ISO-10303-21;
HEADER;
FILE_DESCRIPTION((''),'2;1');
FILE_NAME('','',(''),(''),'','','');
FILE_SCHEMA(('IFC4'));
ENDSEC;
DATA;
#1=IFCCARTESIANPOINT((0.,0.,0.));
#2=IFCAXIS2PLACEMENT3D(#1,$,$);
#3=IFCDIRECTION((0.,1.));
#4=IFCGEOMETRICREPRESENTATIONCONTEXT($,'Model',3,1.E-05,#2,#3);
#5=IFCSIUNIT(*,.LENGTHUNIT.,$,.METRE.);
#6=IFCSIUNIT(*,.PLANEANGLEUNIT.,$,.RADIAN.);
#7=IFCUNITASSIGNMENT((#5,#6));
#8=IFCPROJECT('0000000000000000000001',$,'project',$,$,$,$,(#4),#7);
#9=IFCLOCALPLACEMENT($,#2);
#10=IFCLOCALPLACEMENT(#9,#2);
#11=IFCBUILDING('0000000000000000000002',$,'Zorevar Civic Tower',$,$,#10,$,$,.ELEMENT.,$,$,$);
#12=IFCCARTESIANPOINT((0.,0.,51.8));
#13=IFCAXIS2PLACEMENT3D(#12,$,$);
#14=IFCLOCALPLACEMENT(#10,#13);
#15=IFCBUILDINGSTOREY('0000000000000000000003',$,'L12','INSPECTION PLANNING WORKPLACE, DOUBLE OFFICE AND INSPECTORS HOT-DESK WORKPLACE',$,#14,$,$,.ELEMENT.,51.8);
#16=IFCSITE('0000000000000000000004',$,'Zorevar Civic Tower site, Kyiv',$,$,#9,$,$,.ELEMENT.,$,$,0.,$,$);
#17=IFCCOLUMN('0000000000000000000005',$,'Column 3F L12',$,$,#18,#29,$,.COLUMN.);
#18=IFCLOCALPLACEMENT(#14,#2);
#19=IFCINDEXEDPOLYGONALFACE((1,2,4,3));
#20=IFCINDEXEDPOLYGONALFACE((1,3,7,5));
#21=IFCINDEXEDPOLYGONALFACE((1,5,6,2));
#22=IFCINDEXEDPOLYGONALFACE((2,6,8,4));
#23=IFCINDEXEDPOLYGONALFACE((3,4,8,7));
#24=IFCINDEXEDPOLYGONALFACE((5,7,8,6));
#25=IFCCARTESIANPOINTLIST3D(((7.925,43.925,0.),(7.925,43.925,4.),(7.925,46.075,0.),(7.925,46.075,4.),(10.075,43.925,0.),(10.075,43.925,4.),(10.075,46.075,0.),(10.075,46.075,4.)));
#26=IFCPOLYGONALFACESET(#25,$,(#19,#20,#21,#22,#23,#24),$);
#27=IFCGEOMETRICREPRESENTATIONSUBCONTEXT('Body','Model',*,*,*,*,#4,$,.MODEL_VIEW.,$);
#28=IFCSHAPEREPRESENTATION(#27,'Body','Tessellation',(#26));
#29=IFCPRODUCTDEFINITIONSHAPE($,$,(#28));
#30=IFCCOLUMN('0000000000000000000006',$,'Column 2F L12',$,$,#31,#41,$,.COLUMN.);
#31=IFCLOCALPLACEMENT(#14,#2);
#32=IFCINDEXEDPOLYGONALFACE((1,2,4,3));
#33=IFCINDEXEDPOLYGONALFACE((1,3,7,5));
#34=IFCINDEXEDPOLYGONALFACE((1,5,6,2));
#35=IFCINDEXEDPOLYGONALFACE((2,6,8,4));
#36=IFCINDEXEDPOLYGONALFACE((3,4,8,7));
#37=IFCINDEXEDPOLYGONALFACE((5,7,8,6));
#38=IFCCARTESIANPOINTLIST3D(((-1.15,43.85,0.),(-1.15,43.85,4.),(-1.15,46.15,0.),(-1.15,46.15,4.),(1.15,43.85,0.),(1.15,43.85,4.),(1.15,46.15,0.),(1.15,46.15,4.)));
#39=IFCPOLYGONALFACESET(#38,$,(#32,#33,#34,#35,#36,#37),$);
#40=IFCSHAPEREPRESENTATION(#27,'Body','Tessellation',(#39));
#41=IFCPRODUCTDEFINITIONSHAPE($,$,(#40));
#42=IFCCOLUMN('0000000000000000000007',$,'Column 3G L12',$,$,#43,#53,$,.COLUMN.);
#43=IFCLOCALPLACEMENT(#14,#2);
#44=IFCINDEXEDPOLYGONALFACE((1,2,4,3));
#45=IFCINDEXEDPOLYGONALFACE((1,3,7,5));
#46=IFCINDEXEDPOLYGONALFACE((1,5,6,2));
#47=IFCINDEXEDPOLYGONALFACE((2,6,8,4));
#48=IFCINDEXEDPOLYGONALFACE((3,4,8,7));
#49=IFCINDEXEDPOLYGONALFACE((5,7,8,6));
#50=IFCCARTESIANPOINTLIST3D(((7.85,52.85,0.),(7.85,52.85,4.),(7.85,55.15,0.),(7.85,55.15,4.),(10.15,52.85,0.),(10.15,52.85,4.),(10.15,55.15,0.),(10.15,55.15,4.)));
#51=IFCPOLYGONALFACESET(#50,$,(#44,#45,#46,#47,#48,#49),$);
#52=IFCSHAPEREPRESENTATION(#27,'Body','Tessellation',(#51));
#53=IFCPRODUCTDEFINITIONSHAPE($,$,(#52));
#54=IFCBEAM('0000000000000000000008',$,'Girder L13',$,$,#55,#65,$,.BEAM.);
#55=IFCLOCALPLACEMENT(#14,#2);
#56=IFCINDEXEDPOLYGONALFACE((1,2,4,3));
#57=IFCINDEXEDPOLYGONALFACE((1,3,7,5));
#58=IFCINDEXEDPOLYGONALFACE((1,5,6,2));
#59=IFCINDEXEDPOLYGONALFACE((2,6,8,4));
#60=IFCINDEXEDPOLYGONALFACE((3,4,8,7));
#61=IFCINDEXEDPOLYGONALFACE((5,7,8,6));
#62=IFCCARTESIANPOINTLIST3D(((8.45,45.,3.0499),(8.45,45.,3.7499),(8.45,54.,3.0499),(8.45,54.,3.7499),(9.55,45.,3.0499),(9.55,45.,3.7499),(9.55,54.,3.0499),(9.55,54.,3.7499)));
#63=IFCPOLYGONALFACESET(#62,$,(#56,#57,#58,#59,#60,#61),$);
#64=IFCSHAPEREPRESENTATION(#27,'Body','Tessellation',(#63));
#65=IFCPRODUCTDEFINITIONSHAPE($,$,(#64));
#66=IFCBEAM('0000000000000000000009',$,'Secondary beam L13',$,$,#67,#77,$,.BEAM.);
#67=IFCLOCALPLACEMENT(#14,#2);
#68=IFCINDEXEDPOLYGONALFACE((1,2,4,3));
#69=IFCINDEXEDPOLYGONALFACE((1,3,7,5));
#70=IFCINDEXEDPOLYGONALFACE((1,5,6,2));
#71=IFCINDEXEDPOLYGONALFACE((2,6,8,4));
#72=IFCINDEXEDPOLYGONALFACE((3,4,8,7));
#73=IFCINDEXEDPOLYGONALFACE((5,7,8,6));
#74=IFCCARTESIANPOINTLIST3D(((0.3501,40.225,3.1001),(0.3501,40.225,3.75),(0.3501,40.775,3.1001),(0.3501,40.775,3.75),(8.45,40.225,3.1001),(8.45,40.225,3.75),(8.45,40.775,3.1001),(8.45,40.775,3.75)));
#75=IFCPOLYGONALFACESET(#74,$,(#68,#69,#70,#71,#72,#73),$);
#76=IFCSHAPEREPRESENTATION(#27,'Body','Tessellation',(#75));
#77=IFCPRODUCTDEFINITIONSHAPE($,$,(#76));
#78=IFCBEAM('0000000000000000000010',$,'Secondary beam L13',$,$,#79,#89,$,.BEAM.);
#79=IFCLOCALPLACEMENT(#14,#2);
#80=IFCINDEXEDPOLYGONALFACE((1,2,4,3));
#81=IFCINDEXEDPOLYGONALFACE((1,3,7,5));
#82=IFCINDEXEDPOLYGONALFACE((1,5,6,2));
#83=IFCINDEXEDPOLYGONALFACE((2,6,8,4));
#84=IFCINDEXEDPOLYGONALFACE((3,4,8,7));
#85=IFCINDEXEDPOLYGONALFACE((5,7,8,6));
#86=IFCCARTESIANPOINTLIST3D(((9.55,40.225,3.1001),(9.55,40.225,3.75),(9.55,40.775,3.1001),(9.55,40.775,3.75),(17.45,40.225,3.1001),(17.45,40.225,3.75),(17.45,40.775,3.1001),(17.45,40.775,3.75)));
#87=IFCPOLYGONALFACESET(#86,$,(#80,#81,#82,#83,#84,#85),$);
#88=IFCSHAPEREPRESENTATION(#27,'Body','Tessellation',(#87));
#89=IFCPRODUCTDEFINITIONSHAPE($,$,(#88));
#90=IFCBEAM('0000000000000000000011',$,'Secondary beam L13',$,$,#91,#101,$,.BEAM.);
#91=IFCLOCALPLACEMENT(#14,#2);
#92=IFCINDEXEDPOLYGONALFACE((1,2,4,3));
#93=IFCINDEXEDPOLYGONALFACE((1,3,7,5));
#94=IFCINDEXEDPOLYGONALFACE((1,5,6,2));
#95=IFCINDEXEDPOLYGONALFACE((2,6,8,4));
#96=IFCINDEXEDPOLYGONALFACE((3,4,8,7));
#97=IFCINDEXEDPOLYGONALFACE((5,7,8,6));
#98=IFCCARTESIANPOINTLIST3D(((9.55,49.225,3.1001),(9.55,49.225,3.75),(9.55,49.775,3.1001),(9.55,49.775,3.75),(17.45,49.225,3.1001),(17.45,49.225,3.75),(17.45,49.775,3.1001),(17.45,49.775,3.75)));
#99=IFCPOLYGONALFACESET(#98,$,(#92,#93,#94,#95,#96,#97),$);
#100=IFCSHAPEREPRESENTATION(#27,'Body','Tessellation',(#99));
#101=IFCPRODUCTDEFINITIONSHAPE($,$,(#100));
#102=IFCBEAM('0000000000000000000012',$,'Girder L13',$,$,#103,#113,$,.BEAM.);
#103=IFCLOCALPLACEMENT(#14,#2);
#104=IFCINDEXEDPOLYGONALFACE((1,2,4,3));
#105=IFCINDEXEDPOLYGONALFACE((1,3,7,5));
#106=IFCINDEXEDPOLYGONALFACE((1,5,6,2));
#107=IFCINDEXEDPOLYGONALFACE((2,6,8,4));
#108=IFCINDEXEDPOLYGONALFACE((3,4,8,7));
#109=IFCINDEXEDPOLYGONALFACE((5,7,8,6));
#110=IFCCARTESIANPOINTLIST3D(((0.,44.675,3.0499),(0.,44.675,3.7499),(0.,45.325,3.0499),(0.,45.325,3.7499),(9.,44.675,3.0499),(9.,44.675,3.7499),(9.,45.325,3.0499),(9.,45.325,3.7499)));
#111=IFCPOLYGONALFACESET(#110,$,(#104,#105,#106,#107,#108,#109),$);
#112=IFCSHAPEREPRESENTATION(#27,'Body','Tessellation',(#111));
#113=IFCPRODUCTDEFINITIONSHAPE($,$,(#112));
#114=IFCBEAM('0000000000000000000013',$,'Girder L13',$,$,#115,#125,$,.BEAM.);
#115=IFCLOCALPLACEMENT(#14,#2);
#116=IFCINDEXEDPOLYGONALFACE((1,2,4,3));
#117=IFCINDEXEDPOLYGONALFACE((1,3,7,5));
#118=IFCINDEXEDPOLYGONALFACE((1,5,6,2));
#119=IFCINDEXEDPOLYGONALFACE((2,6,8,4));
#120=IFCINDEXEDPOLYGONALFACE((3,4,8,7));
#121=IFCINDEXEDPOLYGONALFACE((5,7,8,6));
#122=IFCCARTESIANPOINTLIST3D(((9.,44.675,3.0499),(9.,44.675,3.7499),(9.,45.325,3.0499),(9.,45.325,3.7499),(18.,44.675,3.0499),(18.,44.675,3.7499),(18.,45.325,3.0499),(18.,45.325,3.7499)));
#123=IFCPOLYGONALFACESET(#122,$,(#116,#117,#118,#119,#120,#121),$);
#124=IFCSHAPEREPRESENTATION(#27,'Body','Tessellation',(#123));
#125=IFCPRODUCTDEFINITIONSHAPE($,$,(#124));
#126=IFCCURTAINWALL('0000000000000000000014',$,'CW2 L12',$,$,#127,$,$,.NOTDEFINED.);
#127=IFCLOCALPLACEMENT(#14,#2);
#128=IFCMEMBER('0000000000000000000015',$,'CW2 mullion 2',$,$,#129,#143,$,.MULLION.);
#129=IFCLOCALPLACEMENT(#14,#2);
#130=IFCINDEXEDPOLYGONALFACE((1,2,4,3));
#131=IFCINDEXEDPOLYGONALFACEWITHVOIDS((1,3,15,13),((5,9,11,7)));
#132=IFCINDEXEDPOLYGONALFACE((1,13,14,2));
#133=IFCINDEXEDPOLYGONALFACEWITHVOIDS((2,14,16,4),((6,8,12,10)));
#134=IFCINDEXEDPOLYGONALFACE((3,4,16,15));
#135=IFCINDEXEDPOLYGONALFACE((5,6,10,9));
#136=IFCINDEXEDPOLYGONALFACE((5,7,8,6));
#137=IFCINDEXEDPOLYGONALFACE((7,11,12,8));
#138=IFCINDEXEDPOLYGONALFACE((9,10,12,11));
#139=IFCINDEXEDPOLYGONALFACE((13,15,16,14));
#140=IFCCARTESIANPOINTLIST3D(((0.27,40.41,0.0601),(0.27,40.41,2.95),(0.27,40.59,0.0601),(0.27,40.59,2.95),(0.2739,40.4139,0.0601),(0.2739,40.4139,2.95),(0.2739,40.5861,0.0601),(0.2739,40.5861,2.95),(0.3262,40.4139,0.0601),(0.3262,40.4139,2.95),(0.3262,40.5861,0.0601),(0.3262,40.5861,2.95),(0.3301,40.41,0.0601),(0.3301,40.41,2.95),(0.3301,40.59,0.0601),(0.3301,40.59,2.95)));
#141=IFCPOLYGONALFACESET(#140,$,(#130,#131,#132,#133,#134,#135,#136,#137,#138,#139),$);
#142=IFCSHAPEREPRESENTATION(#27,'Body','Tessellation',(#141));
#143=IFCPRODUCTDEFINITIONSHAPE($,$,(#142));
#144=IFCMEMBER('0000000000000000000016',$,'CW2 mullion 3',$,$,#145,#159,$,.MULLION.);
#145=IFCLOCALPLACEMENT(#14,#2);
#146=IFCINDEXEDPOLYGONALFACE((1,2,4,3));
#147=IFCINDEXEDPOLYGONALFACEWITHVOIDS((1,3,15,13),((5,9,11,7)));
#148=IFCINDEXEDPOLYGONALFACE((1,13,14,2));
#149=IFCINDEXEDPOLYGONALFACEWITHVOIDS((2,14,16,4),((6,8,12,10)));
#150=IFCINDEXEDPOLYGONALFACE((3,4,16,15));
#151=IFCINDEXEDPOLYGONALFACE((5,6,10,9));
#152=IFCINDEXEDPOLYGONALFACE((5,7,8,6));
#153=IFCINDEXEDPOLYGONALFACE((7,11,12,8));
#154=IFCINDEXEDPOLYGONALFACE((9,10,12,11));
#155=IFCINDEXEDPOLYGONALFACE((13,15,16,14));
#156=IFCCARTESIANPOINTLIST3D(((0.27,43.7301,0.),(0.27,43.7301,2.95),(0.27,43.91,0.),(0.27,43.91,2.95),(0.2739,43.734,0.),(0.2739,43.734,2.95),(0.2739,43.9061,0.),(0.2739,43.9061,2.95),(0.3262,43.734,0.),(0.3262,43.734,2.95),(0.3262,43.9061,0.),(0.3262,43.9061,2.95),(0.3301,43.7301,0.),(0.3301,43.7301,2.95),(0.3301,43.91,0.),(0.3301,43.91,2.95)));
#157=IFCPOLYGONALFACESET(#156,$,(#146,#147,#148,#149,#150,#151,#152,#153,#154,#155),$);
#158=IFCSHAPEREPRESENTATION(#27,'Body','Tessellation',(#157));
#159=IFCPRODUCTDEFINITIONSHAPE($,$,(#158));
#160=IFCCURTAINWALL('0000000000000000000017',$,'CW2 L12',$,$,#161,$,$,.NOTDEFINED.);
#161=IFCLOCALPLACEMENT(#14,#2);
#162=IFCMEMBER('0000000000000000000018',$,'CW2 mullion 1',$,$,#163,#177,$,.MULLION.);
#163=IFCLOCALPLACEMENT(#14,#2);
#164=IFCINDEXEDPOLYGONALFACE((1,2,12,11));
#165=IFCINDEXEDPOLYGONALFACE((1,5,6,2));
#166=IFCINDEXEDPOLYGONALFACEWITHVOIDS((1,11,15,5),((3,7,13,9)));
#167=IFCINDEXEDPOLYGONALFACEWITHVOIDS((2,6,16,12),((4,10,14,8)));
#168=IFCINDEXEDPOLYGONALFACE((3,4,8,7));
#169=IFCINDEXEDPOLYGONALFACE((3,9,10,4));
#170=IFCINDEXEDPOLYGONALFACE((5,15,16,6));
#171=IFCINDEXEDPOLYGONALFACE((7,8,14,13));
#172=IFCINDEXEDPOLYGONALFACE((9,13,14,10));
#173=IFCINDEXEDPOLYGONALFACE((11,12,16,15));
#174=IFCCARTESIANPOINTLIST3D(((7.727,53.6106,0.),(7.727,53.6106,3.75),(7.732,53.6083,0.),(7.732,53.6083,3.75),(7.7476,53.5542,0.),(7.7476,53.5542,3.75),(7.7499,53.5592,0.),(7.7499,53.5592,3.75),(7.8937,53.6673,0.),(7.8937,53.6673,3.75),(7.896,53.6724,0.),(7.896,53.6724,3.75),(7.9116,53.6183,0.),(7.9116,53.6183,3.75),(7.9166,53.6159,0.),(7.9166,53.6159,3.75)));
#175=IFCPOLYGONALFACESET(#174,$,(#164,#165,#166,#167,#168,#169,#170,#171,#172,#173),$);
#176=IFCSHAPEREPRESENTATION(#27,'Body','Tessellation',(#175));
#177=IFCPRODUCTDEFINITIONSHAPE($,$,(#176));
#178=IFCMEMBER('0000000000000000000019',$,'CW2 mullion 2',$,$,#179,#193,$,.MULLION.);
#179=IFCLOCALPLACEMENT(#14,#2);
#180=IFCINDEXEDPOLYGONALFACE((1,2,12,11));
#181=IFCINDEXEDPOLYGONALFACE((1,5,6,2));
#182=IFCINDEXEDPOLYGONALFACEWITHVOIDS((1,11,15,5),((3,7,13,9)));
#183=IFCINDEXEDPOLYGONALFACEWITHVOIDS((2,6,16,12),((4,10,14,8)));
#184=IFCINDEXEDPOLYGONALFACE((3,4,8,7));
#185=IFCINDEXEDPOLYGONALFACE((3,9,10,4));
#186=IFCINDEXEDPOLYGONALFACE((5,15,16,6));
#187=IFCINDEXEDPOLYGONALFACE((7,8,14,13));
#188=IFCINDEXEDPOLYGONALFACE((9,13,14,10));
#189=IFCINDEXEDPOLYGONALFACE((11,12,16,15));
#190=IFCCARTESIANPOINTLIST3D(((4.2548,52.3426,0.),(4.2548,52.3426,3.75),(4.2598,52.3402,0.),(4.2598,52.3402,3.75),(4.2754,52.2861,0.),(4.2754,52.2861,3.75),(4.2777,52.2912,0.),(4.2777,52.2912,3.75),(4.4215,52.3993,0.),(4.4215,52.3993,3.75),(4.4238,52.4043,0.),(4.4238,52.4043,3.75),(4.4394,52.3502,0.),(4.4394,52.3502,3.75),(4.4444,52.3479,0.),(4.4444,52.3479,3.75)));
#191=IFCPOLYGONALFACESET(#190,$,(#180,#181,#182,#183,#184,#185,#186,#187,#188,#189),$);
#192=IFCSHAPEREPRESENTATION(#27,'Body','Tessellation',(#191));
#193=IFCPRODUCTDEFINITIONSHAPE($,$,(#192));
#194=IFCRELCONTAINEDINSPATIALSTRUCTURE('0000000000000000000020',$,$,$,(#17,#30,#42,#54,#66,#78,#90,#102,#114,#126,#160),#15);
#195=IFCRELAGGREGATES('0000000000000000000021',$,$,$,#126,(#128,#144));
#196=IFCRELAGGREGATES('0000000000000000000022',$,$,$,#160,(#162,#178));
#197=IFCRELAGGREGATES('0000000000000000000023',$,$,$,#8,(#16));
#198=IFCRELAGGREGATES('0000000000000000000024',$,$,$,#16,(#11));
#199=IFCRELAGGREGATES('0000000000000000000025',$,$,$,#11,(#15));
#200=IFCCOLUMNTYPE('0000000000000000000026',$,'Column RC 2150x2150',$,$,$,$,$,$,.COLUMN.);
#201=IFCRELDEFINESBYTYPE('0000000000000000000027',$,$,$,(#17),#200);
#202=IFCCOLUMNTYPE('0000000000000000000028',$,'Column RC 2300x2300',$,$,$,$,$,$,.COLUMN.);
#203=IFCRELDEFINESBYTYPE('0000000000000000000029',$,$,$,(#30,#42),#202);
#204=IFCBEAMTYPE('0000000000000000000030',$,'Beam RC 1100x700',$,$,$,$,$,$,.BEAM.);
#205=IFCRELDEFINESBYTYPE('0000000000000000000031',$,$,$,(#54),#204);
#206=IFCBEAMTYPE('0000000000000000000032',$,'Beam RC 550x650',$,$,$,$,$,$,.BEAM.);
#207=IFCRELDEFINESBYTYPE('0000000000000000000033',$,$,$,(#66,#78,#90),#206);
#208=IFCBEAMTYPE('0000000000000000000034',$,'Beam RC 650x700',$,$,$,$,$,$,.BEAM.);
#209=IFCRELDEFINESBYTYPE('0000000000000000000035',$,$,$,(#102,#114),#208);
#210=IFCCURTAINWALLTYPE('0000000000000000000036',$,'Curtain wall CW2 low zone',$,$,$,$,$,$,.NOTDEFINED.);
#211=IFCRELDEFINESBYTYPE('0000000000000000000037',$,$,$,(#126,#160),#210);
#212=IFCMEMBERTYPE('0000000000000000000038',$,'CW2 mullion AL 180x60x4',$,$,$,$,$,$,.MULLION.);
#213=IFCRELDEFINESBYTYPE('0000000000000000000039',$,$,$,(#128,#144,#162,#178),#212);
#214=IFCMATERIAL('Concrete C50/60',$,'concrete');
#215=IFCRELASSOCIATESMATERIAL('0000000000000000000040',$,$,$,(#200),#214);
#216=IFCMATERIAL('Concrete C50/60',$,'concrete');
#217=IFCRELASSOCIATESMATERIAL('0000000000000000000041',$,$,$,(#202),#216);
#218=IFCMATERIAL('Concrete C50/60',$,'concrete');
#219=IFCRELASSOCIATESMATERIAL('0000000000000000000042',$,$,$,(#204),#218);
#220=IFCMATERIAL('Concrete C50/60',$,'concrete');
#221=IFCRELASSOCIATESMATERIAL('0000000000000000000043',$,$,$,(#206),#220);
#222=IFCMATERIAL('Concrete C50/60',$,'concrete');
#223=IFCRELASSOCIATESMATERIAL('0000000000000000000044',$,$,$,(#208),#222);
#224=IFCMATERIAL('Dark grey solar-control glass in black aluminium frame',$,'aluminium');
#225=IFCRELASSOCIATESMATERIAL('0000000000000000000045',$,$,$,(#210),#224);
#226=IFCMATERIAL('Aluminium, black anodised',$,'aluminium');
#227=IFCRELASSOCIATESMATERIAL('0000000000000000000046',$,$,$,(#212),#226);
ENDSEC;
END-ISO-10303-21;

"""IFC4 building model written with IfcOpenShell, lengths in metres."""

from ifc_helpers import new_model, si_unit, direction, frame, origin, origin_2d, place, context, subcontext, project, spatial, rectangle, hollow_rectangle, extrude, material, material_profile, profile_set, type_object, element, aggregate, save


model = new_model("IFC4")

# Units and contexts
model_context = context("Model", 3, precision=1e-05, world=origin(), true_north=direction((0.0, 1.0)))
body_context = subcontext(model_context, "Body", "Model", "MODEL_VIEW")
ifc_project = project(units=[si_unit("LENGTHUNIT", "METRE"), si_unit("PLANEANGLEUNIT", "RADIAN")], contexts=[model_context])

# Site, building, storey
site_placement = place(None, origin())
site = spatial("IfcSite", under=ifc_project, at=site_placement, Name="Zorevar Civic Tower site, Kyiv", CompositionType="ELEMENT", RefElevation=0.0)
building_placement = place(site_placement, origin())
building = spatial("IfcBuilding", under=site, at=building_placement, Name="Zorevar Civic Tower", CompositionType="ELEMENT")
storey_placement = place(building_placement, frame((0.0, 0.0, 51.8)))
storey = spatial("IfcBuildingStorey", under=building, at=storey_placement, Name="L12", Description="INSPECTION PLANNING WORKPLACE, DOUBLE OFFICE AND INSPECTORS HOT-DESK WORKPLACE", CompositionType="ELEMENT", Elevation=51.8)

# Columns
ifc_material_1 = material(Name="Concrete C50/60", Category="concrete")
ifc_material_profile_1 = material_profile(ifc_material_1, rectangle(XDim=2.1499, YDim=2.1499, at=origin_2d()), Name="RC 2150x2150")
ifc_profile_set_1 = profile_set([ifc_material_profile_1], Name="Concrete C50/60")
column_type_1 = type_object("IfcColumnType", Name="Column RC 2150x2150", PredefinedType="COLUMN", material=ifc_profile_set_1)
column_placement = place(storey_placement, frame((9.0, 45.0, 0.0), z_axis=(0.0, 0.0, 1.0), x_axis=(1.0, 0.0, 0.0)))
element("IfcColumn", 1, at=column_placement, inside=storey, type_object=column_type_1, Name="Column 3F L12", PredefinedType="COLUMN", context=body_context, shape_type="SweptSolid", body=[
    extrude(rectangle(XDim=2.1499, YDim=2.1499, at=origin_2d()), origin(), (0.0, 0.0, 1.0), 4.0),
])
ifc_material_2 = material(Name="Concrete C50/60", Category="concrete")
ifc_material_profile_2 = material_profile(ifc_material_2, rectangle(XDim=2.3, YDim=2.3, at=origin_2d()), Name="RC 2300x2300")
ifc_profile_set_2 = profile_set([ifc_material_profile_2], Name="Concrete C50/60")
column_type_2 = type_object("IfcColumnType", Name="Column RC 2300x2300", PredefinedType="COLUMN", material=ifc_profile_set_2)
for number, where, z_axis, x_axis, name in (
    (2, (0.0, 45.0, 0.0), (0.0, 0.0, 1.0), (1.0, 0.0, 0.0), "Column 2F L12"),
    (3, (9.0, 54.0, 0.0), (0.0, 0.0, 1.0), (1.0, 0.0, 0.0), "Column 3G L12"),
):
    element("IfcColumn", number, at=place(storey_placement, frame(where, z_axis=z_axis, x_axis=x_axis)), inside=storey, type_object=column_type_2, Name=name, PredefinedType="COLUMN", context=body_context, shape_type="SweptSolid", body=[
        extrude(rectangle(XDim=2.3, YDim=2.3, at=origin_2d()), origin(), (0.0, 0.0, 1.0), 4.0),
    ])

# Beams
ifc_material_3 = material(Name="Concrete C50/60", Category="concrete")
ifc_material_profile_3 = material_profile(ifc_material_3, rectangle(XDim=1.1001, YDim=0.7, at=origin_2d()), Name="RC 1100x700")
ifc_profile_set_3 = profile_set([ifc_material_profile_3], Name="Concrete C50/60")
beam_type_1 = type_object("IfcBeamType", Name="Beam RC 1100x700", PredefinedType="BEAM", material=ifc_profile_set_3)
beam_1_placement = place(storey_placement, frame((9.0, 45.0, 3.3999), z_axis=(0.0, 1.0, 0.0), x_axis=(-1.0, 0.0, 0.0)))
element("IfcBeam", 4, at=beam_1_placement, inside=storey, type_object=beam_type_1, Name="Girder L13", PredefinedType="BEAM", context=body_context, shape_type="SweptSolid", body=[
    extrude(rectangle(XDim=1.1001, YDim=0.7, at=origin_2d()), origin(), (0.0, 0.0, 1.0), 9.0),
])
ifc_material_4 = material(Name="Concrete C50/60", Category="concrete")
ifc_material_profile_4 = material_profile(ifc_material_4, rectangle(XDim=0.55, YDim=0.6499, at=origin_2d()), Name="RC 550x650")
ifc_profile_set_4 = profile_set([ifc_material_profile_4], Name="Concrete C50/60")
beam_type_2 = type_object("IfcBeamType", Name="Beam RC 550x650", PredefinedType="BEAM", material=ifc_profile_set_4)
beam_2_placement = place(storey_placement, frame((0.3501, 40.5, 3.425), z_axis=(1.0, 0.0, 0.0), x_axis=(0.0, 1.0, 0.0)))
element("IfcBeam", 5, at=beam_2_placement, inside=storey, type_object=beam_type_2, Name="Secondary beam L13", PredefinedType="BEAM", context=body_context, shape_type="SweptSolid", body=[
    extrude(rectangle(XDim=0.55, YDim=0.6499, at=origin_2d()), origin(), (0.0, 0.0, 1.0), 8.0999),
])
for number, where, z_axis, x_axis, name in (
    (6, (9.55, 40.5, 3.425), (1.0, 0.0, 0.0), (0.0, 1.0, 0.0), "Secondary beam L13"),
    (7, (9.55, 49.5, 3.425), (1.0, 0.0, 0.0), (0.0, 1.0, 0.0), "Secondary beam L13"),
):
    element("IfcBeam", number, at=place(storey_placement, frame(where, z_axis=z_axis, x_axis=x_axis)), inside=storey, type_object=beam_type_2, Name=name, PredefinedType="BEAM", context=body_context, shape_type="SweptSolid", body=[
        extrude(rectangle(XDim=0.55, YDim=0.6499, at=origin_2d()), origin(), (0.0, 0.0, 1.0), 7.8999),
    ])
ifc_material_5 = material(Name="Concrete C50/60", Category="concrete")
ifc_material_profile_5 = material_profile(ifc_material_5, rectangle(XDim=0.6499, YDim=0.7, at=origin_2d()), Name="RC 650x700")
ifc_profile_set_5 = profile_set([ifc_material_profile_5], Name="Concrete C50/60")
beam_type_3 = type_object("IfcBeamType", Name="Beam RC 650x700", PredefinedType="BEAM", material=ifc_profile_set_5)
for number, where, z_axis, x_axis, name in (
    (8, (0.0, 45.0, 3.3999), (1.0, 0.0, 0.0), (0.0, 1.0, 0.0), "Girder L13"),
    (9, (9.0, 45.0, 3.3999), (1.0, 0.0, 0.0), (0.0, 1.0, 0.0), "Girder L13"),
):
    element("IfcBeam", number, at=place(storey_placement, frame(where, z_axis=z_axis, x_axis=x_axis)), inside=storey, type_object=beam_type_3, Name=name, PredefinedType="BEAM", context=body_context, shape_type="SweptSolid", body=[
        extrude(rectangle(XDim=0.6499, YDim=0.7, at=origin_2d()), origin(), (0.0, 0.0, 1.0), 9.0),
    ])

# Curtain walls, members
ifc_material_6 = material(Name="Dark grey solar-control glass in black aluminium frame", Category="aluminium")
curtain_wall_type = type_object("IfcCurtainWallType", Name="Curtain wall CW2 low zone", PredefinedType="NOTDEFINED", material=ifc_material_6)
curtain_wall_1_placement = place(storey_placement, origin())
curtain_wall_1 = element("IfcCurtainWall", 10, at=curtain_wall_1_placement, inside=storey, type_object=curtain_wall_type, Name="CW2 L12", PredefinedType="NOTDEFINED")
ifc_material_7 = material(Name="Aluminium, black anodised", Category="aluminium")
ifc_material_profile_6 = material_profile(ifc_material_7, hollow_rectangle(XDim=0.0601, YDim=0.1799, WallThickness=0.0039, at=origin_2d()), Name="AL 180x60x4")
ifc_profile_set_6 = profile_set([ifc_material_profile_6], Name="Aluminium, black anodised")
member_type_1 = type_object("IfcMemberType", Name="CW2 mullion AL 180x60x4", PredefinedType="MULLION", material=ifc_profile_set_6)
member_1_placement = place(storey_placement, frame((0.3, 40.5, 0.0601), z_axis=(0.0, 0.0, 1.0), x_axis=(-1.0, 0.0, 0.0)))
member_1 = element("IfcMember", 11, at=member_1_placement, type_object=member_type_1, Name="CW2 mullion 2", PredefinedType="MULLION", context=body_context, shape_type="SweptSolid", body=[
    extrude(hollow_rectangle(XDim=0.0601, YDim=0.1799, WallThickness=0.0039, at=origin_2d()), origin(), (0.0, 0.0, 1.0), 2.8899),
])
member_2_placement = place(storey_placement, frame((0.3, 43.8201, 0.0), z_axis=(0.0, 0.0, 1.0), x_axis=(-1.0, 0.0, 0.0)))
member_2 = element("IfcMember", 12, at=member_2_placement, type_object=member_type_1, Name="CW2 mullion 3", PredefinedType="MULLION", context=body_context, shape_type="SweptSolid", body=[
    extrude(hollow_rectangle(XDim=0.0601, YDim=0.1799, WallThickness=0.0039, at=origin_2d()), origin(), (0.0, 0.0, 1.0), 2.95),
])
curtain_wall_2_placement = place(storey_placement, origin())
curtain_wall_2 = element("IfcCurtainWall", 13, at=curtain_wall_2_placement, inside=storey, type_object=curtain_wall_type, Name="CW2 L12", PredefinedType="NOTDEFINED")
member_3_placement = place(storey_placement, frame((7.8218, 53.6133, 0.0), z_axis=(0.0, 0.0, 1.0), x_axis=(0.34306, -0.939313, 0.0)))
member_3 = element("IfcMember", 14, at=member_3_placement, type_object=member_type_1, Name="CW2 mullion 1", PredefinedType="MULLION", context=body_context, shape_type="SweptSolid", body=[
    extrude(hollow_rectangle(XDim=0.0601, YDim=0.1799, WallThickness=0.0039, at=origin_2d()), origin(), (0.0, 0.0, 1.0), 3.75),
])
member_4_placement = place(storey_placement, frame((4.3496, 52.3452, 0.0), z_axis=(0.0, 0.0, 1.0), x_axis=(0.34306, -0.939313, 0.0)))
member_4 = element("IfcMember", 15, at=member_4_placement, type_object=member_type_1, Name="CW2 mullion 2", PredefinedType="MULLION", context=body_context, shape_type="SweptSolid", body=[
    extrude(hollow_rectangle(XDim=0.0601, YDim=0.1799, WallThickness=0.0039, at=origin_2d()), origin(), (0.0, 0.0, 1.0), 3.75),
])

aggregate(curtain_wall_1, [member_1, member_2])
aggregate(curtain_wall_2, [member_3, member_4])

save(model, "model.ifc")
